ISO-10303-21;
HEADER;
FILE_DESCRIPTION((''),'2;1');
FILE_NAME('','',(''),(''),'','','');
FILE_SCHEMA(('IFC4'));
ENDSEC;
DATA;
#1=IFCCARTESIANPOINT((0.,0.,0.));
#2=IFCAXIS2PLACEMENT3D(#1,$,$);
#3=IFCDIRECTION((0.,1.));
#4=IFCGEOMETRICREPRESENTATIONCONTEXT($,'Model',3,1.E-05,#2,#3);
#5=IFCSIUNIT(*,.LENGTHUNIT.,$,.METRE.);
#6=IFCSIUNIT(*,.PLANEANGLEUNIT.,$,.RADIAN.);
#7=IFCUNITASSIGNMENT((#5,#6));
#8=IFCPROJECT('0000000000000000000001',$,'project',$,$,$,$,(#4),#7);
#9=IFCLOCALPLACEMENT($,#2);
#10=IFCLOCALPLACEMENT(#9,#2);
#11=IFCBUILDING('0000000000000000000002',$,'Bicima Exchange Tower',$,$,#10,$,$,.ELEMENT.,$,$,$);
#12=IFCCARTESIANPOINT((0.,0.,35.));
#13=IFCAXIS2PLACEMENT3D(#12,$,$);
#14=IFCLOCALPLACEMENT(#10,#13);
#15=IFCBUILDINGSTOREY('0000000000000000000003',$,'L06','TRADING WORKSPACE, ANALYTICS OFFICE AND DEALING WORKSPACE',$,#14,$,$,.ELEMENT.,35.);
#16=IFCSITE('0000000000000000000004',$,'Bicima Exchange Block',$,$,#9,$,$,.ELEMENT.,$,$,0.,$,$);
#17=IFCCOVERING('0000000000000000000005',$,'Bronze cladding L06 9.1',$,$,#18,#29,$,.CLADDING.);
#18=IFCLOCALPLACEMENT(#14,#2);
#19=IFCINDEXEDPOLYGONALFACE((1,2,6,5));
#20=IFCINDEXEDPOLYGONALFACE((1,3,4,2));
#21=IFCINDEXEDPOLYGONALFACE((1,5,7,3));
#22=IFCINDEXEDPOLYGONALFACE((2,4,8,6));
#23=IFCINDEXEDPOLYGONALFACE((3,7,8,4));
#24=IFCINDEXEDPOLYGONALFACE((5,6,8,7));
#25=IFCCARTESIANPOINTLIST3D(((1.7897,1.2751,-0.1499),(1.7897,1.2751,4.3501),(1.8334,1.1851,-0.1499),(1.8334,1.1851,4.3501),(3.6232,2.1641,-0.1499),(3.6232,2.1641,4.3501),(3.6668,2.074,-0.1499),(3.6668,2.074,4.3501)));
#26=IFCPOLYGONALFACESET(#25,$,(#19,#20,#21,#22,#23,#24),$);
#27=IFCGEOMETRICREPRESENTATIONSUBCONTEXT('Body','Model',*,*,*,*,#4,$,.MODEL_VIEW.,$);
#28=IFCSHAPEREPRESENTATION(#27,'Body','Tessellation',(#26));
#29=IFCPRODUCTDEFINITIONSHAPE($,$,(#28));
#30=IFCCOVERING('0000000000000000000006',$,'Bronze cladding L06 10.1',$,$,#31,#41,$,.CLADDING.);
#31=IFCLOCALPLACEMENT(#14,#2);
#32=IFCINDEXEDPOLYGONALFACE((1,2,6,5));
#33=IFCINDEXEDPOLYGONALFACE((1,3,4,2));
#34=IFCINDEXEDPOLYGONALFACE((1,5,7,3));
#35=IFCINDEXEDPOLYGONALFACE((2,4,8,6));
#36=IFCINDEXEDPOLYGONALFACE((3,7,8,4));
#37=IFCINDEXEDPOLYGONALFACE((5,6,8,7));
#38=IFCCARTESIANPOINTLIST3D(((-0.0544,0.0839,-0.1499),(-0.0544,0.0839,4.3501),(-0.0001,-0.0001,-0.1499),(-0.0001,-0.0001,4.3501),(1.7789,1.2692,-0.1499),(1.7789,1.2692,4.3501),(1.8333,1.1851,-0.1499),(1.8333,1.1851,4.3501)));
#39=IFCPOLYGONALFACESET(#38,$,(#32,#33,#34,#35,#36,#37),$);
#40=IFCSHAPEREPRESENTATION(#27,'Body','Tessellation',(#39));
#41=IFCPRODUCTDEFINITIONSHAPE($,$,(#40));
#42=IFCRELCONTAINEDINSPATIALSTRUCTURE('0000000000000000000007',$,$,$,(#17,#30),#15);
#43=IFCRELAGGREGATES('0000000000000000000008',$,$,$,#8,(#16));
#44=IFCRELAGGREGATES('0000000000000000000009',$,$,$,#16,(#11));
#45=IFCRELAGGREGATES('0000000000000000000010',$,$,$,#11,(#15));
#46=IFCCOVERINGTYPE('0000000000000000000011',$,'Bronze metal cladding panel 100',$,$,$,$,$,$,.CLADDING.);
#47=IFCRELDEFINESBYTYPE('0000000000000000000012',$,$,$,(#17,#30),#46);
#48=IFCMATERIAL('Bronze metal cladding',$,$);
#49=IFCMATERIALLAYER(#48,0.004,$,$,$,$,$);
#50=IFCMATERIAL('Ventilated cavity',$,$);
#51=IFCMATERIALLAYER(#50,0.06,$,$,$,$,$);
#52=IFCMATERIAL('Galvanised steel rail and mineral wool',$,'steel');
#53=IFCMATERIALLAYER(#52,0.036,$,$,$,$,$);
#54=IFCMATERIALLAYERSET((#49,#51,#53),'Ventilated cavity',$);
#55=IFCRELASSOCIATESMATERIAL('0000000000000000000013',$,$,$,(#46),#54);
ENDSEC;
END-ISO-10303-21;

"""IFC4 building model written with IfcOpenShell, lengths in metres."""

from ifc_helpers import new_model, si_unit, direction, frame, origin, origin_2d, place, context, subcontext, project, spatial, rectangle, extrude, material, layer, layer_set, type_object, element, save


model = new_model("IFC4")

# Units and contexts
model_context = context("Model", 3, precision=1e-05, world=origin(), true_north=direction((0.0, 1.0)))
body_context = subcontext(model_context, "Body", "Model", "MODEL_VIEW")
ifc_project = project(units=[si_unit("LENGTHUNIT", "METRE"), si_unit("PLANEANGLEUNIT", "RADIAN")], contexts=[model_context])

# Site, building, storey
site_placement = place(None, origin())
site = spatial("IfcSite", under=ifc_project, at=site_placement, Name="Bicima Exchange Block", CompositionType="ELEMENT", RefElevation=0.0)
building_placement = place(site_placement, origin())
building = spatial("IfcBuilding", under=site, at=building_placement, Name="Bicima Exchange Tower", CompositionType="ELEMENT")
storey_placement = place(building_placement, frame((0.0, 0.0, 35.0)))
storey = spatial("IfcBuildingStorey", under=building, at=storey_placement, Name="L06", Description="TRADING WORKSPACE, ANALYTICS OFFICE AND DEALING WORKSPACE", CompositionType="ELEMENT", Elevation=35.0)

# Coverings
ifc_material_1 = material(Name="Bronze metal cladding")
ifc_layer_1 = layer(ifc_material_1, 0.004)
ifc_material_2 = material(Name="Ventilated cavity")
ifc_layer_2 = layer(ifc_material_2, 0.06)
ifc_material_3 = material(Name="Galvanised steel rail and mineral wool", Category="steel")
ifc_layer_3 = layer(ifc_material_3, 0.036)
ifc_layer_set_1 = layer_set([ifc_layer_1, ifc_layer_2, ifc_layer_3], Name="Ventilated cavity")
covering_type = type_object("IfcCoveringType", Name="Bronze metal cladding panel 100", PredefinedType="CLADDING", material=ifc_layer_set_1)
covering_1_placement = place(storey_placement, frame((2.7283, 1.6746, -0.1499), z_axis=(0.0, 0.0, 1.0), x_axis=(-0.899818, -0.436265, 0.0)))
element("IfcCovering", 1, at=covering_1_placement, inside=storey, type_object=covering_type, Name="Bronze cladding L06 9.1", PredefinedType="CLADDING", context=body_context, shape_type="SweptSolid", body=[
    extrude(rectangle(XDim=2.0376, YDim=0.1001, at=origin_2d()), origin(), (0.0, 0.0, 1.0), 4.5),
])
covering_2_placement = place(storey_placement, frame((0.8894, 0.6345, -0.1499), z_axis=(0.0, 0.0, 1.0), x_axis=(-0.83979, -0.542911, 0.0)))
element("IfcCovering", 2, at=covering_2_placement, inside=storey, type_object=covering_type, Name="Bronze cladding L06 10.1", PredefinedType="CLADDING", context=body_context, shape_type="SweptSolid", body=[
    extrude(rectangle(XDim=2.1831, YDim=0.1001, at=origin_2d()), origin(), (0.0, 0.0, 1.0), 4.5),
])

save(model, "model.ifc")
